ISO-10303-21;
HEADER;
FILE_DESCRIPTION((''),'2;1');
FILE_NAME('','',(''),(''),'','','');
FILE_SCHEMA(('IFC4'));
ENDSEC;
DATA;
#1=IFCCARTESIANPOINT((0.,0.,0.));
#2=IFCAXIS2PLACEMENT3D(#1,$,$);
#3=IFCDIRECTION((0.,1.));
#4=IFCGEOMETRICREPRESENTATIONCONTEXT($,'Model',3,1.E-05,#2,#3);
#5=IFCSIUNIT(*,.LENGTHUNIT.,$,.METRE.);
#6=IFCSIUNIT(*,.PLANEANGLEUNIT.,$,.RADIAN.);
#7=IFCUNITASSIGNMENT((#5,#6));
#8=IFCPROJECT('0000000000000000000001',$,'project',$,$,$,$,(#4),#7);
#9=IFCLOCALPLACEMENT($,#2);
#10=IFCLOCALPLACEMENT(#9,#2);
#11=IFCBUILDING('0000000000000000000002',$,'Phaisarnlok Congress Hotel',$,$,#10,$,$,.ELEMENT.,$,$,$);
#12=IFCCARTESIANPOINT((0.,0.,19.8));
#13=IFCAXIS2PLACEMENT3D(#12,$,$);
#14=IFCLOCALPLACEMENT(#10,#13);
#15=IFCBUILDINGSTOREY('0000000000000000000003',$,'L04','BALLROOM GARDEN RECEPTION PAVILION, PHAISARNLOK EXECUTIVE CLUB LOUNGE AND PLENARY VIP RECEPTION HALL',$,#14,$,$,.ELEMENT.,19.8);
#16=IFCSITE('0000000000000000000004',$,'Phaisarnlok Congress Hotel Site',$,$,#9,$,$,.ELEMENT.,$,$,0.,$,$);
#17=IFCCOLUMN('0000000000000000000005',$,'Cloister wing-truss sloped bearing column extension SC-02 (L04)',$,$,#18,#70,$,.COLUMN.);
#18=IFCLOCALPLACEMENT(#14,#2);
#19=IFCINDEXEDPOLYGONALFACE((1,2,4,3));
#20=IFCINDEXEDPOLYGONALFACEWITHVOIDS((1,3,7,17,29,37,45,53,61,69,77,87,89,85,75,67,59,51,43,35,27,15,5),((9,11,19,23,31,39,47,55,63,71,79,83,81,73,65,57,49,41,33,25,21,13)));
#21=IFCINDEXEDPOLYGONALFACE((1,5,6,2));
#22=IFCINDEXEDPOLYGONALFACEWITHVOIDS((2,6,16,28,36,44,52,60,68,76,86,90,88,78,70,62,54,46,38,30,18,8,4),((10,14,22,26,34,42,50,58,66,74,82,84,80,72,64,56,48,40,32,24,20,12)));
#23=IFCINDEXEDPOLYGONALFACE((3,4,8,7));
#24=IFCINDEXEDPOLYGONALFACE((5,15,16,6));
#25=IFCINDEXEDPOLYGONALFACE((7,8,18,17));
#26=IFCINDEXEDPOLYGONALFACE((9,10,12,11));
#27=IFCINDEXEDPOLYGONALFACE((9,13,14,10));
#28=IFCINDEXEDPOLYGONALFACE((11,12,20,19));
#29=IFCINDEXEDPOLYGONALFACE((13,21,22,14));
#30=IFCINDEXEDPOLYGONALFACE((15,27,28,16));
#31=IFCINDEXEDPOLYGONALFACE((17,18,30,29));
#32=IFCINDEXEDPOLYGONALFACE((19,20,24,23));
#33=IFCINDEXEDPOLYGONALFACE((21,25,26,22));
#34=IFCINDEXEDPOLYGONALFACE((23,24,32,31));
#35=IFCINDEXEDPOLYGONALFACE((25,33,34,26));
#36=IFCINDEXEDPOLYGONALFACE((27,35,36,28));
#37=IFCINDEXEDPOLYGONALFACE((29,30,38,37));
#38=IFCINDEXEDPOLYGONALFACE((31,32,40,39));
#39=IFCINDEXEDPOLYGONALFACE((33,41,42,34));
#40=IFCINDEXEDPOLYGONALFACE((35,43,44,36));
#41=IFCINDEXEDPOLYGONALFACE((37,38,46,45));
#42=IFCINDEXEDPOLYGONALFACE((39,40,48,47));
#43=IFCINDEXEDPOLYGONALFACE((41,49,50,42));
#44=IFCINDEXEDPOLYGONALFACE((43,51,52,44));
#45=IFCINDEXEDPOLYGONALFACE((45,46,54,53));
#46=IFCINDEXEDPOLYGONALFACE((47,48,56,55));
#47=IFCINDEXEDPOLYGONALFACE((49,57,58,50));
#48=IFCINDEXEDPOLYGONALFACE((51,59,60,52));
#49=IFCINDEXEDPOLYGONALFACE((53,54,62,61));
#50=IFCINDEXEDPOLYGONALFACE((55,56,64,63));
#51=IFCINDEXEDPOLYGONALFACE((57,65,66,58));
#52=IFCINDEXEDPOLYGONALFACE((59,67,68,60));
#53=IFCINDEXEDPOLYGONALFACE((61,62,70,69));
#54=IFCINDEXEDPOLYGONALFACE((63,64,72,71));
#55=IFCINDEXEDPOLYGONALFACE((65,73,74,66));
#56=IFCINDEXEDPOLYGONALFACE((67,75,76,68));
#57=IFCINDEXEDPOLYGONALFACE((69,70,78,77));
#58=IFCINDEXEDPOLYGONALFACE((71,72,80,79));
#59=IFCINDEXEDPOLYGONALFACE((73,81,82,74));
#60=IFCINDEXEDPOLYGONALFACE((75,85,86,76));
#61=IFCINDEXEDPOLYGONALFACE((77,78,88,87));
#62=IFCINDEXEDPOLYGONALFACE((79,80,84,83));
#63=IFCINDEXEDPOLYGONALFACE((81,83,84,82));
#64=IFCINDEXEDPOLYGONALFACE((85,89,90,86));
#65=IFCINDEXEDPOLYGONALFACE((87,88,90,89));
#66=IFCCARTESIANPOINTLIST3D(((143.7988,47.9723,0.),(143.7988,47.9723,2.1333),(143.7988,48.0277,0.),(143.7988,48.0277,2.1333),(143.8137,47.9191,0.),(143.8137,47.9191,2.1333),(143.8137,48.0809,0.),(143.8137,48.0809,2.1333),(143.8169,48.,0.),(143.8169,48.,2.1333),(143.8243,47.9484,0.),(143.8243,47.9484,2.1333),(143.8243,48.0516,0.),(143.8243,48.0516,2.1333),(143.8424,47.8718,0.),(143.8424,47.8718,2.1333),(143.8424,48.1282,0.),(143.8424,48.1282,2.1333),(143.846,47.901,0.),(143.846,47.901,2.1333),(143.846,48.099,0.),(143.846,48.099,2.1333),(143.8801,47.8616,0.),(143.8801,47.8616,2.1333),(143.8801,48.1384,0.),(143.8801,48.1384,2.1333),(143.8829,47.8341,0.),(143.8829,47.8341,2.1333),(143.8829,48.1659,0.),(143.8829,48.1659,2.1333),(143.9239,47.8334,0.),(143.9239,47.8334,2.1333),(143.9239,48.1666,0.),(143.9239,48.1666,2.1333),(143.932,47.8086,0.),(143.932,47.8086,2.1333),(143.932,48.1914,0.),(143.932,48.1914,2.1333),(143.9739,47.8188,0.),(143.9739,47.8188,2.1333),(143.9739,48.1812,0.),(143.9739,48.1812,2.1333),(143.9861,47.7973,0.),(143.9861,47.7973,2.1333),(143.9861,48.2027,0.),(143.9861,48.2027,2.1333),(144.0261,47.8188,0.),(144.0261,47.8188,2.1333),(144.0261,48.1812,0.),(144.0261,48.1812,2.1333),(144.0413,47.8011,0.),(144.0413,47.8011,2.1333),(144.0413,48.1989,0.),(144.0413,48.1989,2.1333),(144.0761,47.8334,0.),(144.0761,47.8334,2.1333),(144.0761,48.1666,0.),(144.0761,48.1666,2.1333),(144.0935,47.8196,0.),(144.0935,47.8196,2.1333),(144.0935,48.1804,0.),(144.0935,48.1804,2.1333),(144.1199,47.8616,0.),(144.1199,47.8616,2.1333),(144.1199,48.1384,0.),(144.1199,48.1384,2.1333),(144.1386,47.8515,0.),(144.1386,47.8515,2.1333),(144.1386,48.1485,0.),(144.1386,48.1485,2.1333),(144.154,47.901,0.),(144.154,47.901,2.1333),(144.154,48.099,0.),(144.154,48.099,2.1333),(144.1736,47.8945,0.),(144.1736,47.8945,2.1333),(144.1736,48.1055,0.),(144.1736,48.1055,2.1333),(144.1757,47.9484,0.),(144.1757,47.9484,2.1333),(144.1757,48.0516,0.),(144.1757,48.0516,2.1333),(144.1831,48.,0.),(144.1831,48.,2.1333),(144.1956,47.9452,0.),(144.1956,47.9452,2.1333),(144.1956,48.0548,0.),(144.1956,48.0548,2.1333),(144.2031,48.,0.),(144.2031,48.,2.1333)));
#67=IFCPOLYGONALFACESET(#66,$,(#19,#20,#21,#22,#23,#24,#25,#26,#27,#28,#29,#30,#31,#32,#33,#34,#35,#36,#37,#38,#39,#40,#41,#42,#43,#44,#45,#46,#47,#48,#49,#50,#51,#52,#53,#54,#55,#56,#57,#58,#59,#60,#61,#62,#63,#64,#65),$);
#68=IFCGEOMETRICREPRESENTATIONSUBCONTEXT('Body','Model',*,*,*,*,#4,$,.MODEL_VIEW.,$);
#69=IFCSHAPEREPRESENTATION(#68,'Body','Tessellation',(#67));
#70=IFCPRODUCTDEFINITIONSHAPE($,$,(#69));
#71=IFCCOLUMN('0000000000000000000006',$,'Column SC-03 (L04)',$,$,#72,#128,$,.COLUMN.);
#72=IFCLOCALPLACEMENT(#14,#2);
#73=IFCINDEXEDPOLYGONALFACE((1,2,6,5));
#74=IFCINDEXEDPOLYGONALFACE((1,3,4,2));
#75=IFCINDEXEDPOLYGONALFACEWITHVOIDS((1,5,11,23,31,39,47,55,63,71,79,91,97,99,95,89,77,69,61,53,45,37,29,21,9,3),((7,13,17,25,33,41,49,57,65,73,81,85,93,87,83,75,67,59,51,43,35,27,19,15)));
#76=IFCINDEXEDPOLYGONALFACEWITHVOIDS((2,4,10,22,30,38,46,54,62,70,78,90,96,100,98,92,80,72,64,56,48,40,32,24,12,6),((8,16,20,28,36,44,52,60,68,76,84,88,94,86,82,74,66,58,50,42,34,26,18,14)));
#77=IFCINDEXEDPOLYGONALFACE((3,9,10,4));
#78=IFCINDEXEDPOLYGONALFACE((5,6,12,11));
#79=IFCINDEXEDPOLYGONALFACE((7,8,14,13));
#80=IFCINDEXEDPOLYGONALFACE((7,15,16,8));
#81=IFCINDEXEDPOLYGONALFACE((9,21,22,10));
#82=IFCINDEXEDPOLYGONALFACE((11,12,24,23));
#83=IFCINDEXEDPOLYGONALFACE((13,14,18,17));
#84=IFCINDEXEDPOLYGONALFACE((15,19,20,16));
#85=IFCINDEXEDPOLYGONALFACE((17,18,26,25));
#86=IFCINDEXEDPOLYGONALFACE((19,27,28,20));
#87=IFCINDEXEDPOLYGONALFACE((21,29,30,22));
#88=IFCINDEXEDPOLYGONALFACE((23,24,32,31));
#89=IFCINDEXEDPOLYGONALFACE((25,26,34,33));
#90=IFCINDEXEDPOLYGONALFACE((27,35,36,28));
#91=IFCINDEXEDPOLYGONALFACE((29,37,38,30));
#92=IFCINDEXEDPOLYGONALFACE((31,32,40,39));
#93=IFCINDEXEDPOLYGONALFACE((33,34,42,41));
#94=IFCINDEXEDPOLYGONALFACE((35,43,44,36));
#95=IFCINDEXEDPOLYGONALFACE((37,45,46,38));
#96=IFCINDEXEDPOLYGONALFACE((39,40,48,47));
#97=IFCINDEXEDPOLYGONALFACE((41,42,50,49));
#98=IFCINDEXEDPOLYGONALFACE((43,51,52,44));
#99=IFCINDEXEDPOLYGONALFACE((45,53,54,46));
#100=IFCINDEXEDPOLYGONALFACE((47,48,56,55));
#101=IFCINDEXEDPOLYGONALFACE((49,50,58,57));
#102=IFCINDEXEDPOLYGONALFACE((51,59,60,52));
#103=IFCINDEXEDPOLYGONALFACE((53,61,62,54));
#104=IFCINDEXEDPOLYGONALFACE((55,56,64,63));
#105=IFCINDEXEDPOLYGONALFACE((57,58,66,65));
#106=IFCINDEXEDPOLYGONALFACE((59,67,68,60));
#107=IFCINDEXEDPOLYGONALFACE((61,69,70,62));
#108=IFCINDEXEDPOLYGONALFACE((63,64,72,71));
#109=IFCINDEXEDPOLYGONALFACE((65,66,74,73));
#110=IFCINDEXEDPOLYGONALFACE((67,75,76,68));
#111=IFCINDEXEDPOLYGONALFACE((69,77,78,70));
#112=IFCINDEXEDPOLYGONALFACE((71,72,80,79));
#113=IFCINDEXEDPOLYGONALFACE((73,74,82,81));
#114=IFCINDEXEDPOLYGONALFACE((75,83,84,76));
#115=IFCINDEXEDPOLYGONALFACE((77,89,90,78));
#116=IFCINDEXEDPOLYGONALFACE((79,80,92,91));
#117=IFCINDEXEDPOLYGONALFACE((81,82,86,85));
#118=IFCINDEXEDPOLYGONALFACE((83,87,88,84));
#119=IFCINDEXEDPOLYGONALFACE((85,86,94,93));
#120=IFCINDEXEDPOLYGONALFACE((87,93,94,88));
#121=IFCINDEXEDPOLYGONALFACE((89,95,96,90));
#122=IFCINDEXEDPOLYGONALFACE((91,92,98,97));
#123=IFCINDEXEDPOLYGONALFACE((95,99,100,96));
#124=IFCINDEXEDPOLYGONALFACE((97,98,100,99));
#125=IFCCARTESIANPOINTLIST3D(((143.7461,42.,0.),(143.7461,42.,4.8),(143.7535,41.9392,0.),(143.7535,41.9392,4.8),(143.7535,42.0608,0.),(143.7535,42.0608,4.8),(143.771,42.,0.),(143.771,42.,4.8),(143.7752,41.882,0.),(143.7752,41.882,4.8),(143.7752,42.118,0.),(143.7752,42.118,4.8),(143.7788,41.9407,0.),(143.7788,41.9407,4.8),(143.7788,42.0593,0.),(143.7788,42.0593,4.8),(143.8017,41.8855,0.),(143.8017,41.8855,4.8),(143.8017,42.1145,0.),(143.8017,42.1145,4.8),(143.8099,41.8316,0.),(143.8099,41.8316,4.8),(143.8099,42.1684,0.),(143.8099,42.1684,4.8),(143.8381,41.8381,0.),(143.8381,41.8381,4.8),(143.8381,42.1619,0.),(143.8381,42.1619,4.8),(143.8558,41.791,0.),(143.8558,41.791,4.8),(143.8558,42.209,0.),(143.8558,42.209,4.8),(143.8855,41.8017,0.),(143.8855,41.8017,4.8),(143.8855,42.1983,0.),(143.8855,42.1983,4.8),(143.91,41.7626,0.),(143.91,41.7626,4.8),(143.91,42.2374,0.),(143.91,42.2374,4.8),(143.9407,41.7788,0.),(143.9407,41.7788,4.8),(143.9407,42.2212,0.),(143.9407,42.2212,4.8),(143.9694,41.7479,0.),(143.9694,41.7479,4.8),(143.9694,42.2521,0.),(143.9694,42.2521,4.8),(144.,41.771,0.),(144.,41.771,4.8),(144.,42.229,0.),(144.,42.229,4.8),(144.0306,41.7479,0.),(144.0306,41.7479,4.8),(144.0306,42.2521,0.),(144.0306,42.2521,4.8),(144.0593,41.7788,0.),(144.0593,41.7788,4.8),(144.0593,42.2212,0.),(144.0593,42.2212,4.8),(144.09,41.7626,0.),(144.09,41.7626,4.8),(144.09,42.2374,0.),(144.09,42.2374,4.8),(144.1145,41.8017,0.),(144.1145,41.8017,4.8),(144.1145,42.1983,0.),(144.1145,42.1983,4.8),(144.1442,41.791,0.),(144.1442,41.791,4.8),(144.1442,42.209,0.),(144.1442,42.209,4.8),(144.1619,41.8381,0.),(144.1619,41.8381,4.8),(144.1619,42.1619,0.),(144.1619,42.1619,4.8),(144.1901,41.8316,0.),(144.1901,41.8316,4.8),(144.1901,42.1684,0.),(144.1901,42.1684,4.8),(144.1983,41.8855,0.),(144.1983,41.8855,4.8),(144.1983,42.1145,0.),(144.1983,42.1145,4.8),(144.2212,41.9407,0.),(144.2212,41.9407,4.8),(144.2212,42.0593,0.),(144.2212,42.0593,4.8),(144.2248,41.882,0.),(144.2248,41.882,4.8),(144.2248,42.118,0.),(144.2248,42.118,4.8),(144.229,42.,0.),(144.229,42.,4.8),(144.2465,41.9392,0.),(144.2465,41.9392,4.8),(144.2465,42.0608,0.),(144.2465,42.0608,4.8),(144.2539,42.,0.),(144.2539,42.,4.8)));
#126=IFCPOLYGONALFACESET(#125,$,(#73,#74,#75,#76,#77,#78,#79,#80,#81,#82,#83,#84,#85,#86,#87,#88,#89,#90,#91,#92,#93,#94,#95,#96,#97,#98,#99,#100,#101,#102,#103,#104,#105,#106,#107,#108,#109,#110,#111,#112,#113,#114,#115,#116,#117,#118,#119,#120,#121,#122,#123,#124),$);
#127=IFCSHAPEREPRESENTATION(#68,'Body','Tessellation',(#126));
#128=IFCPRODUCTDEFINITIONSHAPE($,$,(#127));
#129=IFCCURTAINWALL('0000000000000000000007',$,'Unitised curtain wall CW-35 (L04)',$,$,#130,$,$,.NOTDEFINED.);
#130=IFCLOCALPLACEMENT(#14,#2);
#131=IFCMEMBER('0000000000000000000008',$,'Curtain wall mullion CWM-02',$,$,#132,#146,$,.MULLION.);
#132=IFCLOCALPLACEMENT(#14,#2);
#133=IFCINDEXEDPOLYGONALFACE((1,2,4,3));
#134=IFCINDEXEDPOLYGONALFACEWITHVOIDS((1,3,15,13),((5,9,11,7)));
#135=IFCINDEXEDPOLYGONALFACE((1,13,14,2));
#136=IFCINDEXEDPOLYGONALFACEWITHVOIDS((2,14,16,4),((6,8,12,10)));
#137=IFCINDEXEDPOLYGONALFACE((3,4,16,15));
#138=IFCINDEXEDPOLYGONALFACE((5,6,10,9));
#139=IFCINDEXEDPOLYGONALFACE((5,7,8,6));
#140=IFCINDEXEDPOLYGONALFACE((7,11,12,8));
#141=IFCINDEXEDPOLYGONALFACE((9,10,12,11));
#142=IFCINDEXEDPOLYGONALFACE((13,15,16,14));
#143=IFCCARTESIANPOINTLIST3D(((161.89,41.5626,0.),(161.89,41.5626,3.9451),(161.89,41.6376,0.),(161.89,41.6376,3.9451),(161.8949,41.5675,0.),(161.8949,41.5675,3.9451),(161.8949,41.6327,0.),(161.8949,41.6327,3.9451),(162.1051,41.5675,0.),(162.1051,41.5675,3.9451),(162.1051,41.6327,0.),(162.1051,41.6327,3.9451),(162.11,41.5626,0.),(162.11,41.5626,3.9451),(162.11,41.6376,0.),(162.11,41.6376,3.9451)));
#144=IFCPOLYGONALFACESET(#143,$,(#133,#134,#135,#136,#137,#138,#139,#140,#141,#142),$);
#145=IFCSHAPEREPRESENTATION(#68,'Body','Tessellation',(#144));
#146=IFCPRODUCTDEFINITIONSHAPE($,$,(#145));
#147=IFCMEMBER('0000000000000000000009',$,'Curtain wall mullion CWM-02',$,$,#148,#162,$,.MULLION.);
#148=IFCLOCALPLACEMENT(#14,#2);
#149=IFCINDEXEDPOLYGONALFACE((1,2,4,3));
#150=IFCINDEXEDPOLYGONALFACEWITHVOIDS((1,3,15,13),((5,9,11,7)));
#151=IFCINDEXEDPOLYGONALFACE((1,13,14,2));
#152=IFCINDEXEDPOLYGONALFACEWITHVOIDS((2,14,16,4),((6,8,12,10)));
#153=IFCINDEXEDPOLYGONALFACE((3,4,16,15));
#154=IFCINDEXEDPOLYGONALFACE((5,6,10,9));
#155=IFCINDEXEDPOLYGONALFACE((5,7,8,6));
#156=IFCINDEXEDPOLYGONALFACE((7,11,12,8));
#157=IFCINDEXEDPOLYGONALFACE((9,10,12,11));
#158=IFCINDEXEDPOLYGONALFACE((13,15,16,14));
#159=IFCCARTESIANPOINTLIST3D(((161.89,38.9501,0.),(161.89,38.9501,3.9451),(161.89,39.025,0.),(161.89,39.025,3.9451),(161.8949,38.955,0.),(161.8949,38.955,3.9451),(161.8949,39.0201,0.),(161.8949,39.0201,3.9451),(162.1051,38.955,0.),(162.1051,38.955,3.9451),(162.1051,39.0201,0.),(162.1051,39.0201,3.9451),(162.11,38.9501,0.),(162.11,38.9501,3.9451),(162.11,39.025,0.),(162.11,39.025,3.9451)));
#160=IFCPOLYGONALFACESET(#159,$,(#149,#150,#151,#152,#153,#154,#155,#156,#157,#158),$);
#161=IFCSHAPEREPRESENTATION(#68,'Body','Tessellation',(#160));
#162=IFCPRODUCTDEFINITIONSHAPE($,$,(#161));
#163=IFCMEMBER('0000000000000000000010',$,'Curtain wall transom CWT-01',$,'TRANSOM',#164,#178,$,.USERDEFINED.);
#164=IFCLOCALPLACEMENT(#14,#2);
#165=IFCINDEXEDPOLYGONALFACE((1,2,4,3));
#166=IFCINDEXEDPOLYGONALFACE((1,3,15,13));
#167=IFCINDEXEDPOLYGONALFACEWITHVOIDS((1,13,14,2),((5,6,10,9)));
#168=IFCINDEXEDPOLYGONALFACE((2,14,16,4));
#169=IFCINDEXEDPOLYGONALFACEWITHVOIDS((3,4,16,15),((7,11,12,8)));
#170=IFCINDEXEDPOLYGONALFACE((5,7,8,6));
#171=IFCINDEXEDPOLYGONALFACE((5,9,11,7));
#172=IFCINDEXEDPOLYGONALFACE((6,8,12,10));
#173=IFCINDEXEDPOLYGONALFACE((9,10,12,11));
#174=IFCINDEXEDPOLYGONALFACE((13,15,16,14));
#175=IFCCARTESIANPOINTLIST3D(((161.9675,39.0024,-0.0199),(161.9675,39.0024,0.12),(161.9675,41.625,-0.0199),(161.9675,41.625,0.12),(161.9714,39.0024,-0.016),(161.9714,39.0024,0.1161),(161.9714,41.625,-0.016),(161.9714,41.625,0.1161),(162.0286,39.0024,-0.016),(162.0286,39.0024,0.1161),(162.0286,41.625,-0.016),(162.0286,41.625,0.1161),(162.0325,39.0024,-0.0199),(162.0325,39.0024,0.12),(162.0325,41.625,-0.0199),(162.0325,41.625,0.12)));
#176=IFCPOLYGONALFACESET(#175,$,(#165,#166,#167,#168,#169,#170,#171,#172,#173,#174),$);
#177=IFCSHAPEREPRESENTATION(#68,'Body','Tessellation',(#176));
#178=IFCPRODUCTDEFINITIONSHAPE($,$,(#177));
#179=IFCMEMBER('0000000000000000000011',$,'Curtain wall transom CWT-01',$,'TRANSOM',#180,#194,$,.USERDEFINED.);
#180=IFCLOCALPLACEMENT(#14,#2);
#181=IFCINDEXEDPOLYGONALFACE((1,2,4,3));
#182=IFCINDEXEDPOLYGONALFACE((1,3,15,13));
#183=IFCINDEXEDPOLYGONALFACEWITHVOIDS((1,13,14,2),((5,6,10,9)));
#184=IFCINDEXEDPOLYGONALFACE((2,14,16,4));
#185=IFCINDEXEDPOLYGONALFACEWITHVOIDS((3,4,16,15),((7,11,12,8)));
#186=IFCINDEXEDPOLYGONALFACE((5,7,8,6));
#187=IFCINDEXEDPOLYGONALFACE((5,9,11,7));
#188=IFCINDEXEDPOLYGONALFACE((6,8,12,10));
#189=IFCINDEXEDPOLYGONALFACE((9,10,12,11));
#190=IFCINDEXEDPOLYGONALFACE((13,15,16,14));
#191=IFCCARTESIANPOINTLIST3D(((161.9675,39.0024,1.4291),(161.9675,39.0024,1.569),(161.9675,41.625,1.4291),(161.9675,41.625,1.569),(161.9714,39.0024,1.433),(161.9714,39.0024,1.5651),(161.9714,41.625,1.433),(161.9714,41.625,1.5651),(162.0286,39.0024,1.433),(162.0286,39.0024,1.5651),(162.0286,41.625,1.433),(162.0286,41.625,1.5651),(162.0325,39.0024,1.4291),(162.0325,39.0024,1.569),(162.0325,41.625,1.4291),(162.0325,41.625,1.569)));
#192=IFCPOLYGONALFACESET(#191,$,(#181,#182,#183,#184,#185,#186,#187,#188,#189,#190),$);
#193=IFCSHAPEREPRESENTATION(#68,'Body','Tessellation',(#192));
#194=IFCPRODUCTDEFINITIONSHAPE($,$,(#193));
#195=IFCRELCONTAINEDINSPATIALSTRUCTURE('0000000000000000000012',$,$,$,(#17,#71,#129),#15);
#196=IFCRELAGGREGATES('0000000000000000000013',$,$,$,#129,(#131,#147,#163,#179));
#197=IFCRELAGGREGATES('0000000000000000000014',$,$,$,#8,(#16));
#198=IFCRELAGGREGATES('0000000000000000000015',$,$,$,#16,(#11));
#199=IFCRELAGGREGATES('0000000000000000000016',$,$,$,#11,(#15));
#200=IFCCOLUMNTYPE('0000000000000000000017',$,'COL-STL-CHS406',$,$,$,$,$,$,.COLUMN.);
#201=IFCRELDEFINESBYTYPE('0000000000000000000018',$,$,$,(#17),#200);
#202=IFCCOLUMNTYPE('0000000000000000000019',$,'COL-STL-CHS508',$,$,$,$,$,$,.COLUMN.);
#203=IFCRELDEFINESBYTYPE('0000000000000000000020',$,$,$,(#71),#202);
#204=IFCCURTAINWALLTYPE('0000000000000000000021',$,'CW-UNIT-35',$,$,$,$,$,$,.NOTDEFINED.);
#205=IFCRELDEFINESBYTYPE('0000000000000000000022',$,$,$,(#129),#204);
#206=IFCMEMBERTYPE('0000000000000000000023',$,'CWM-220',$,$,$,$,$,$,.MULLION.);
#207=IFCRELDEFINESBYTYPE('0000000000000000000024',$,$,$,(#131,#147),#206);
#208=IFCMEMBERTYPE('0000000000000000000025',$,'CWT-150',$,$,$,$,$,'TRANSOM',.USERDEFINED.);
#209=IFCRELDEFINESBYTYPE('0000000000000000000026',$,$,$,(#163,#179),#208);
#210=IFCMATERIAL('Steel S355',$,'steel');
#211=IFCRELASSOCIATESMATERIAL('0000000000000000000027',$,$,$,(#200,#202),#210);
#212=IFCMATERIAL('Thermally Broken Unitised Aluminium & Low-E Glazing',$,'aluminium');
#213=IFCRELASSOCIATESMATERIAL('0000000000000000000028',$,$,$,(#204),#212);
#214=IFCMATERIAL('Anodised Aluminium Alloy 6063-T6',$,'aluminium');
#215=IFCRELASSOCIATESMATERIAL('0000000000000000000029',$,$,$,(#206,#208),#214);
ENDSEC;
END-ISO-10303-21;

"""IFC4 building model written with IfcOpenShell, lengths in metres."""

from ifc_helpers import new_model, si_unit, direction, frame, origin, origin_2d, place, context, subcontext, project, spatial, hollow_rectangle, hollow_circle, extrude, material, material_profile, profile_set, type_object, element, aggregate, save


model = new_model("IFC4")

# Units and contexts
model_context = context("Model", 3, precision=1e-05, world=origin(), true_north=direction((0.0, 1.0)))
body_context = subcontext(model_context, "Body", "Model", "MODEL_VIEW")
ifc_project = project(units=[si_unit("LENGTHUNIT", "METRE"), si_unit("PLANEANGLEUNIT", "RADIAN")], contexts=[model_context])

# Site, building, storey
site_placement = place(None, origin())
site = spatial("IfcSite", under=ifc_project, at=site_placement, Name="Phaisarnlok Congress Hotel Site", CompositionType="ELEMENT", RefElevation=0.0)
building_placement = place(site_placement, origin())
building = spatial("IfcBuilding", under=site, at=building_placement, Name="Phaisarnlok Congress Hotel", CompositionType="ELEMENT")
storey_placement = place(building_placement, frame((0.0, 0.0, 19.8)))
storey = spatial("IfcBuildingStorey", under=building, at=storey_placement, Name="L04", Description="BALLROOM GARDEN RECEPTION PAVILION, PHAISARNLOK EXECUTIVE CLUB LOUNGE AND PLENARY VIP RECEPTION HALL", CompositionType="ELEMENT", Elevation=19.8)

# Columns
ifc_material_1 = material(Name="Steel S355", Category="steel")
ifc_material_profile_1 = material_profile(ifc_material_1, hollow_circle(Radius=0.2031, WallThickness=0.02, at=origin_2d()), Name="CHS 406.4x20")
ifc_profile_set_1 = profile_set([ifc_material_profile_1], Name="Steel S355")
column_type_1 = type_object("IfcColumnType", Name="COL-STL-CHS406", PredefinedType="COLUMN", material=ifc_profile_set_1)
column_1_placement = place(storey_placement, frame((144.0, 48.0, 0.0), z_axis=(0.0, 0.0, 1.0), x_axis=(1.0, 0.0, 0.0)))
element("IfcColumn", 1, at=column_1_placement, inside=storey, type_object=column_type_1, Name="Cloister wing-truss sloped bearing column extension SC-02 (L04)", PredefinedType="COLUMN", context=body_context, shape_type="SweptSolid", body=[
    extrude(hollow_circle(Radius=0.2031, WallThickness=0.02, at=origin_2d()), origin(), (0.0, 0.0, 1.0), 2.1333),
])
ifc_material_profile_2 = material_profile(ifc_material_1, hollow_circle(Radius=0.2539, WallThickness=0.0249, at=origin_2d()), Name="CHS 508x25")
ifc_profile_set_2 = profile_set([ifc_material_profile_2], Name="Steel S355")
column_type_2 = type_object("IfcColumnType", Name="COL-STL-CHS508", PredefinedType="COLUMN", material=ifc_profile_set_2)
column_2_placement = place(storey_placement, frame((144.0, 42.0, 0.0), z_axis=(0.0, 0.0, 1.0), x_axis=(1.0, 0.0, 0.0)))
element("IfcColumn", 2, at=column_2_placement, inside=storey, type_object=column_type_2, Name="Column SC-03 (L04)", PredefinedType="COLUMN", context=body_context, shape_type="SweptSolid", body=[
    extrude(hollow_circle(Radius=0.2539, WallThickness=0.0249, at=origin_2d()), origin(), (0.0, 0.0, 1.0), 4.8),
])

# Curtain wall, members
ifc_material_2 = material(Name="Thermally Broken Unitised Aluminium & Low-E Glazing", Category="aluminium")
curtain_wall_type = type_object("IfcCurtainWallType", Name="CW-UNIT-35", PredefinedType="NOTDEFINED", material=ifc_material_2)
curtain_wall_placement = place(storey_placement, origin())
curtain_wall = element("IfcCurtainWall", 3, at=curtain_wall_placement, inside=storey, type_object=curtain_wall_type, Name="Unitised curtain wall CW-35 (L04)", PredefinedType="NOTDEFINED")
ifc_material_3 = material(Name="Anodised Aluminium Alloy 6063-T6", Category="aluminium")
ifc_material_profile_3 = material_profile(ifc_material_3, hollow_rectangle(XDim=0.075, YDim=0.22, WallThickness=0.0049, at=origin_2d()), Name="ALU-M 75x220x5")
ifc_profile_set_3 = profile_set([ifc_material_profile_3], Name="Anodised Aluminium Alloy 6063-T6")
member_type_1 = type_object("IfcMemberType", Name="CWM-220", PredefinedType="MULLION", material=ifc_profile_set_3)
member_1_placement = place(storey_placement, frame((162.0, 41.6001, 0.0), z_axis=(0.0, 0.0, 1.0), x_axis=(0.0, -1.0, 0.0)))
member_1 = element("IfcMember", 4, at=member_1_placement, type_object=member_type_1, Name="Curtain wall mullion CWM-02", PredefinedType="MULLION", context=body_context, shape_type="SweptSolid", body=[
    extrude(hollow_rectangle(XDim=0.075, YDim=0.22, WallThickness=0.0049, at=origin_2d()), origin(), (0.0, 0.0, 1.0), 3.9451),
])
member_2_placement = place(storey_placement, frame((162.0, 38.9875, 0.0), z_axis=(0.0, 0.0, 1.0), x_axis=(0.0, -1.0, 0.0)))
member_2 = element("IfcMember", 5, at=member_2_placement, type_object=member_type_1, Name="Curtain wall mullion CWM-02", PredefinedType="MULLION", context=body_context, shape_type="SweptSolid", body=[
    extrude(hollow_rectangle(XDim=0.075, YDim=0.22, WallThickness=0.0049, at=origin_2d()), origin(), (0.0, 0.0, 1.0), 3.9451),
])
ifc_material_profile_4 = material_profile(ifc_material_3, hollow_rectangle(XDim=0.0649, YDim=0.1399, WallThickness=0.0039, at=origin_2d()), Name="ALU-T 65x140x4")
ifc_profile_set_4 = profile_set([ifc_material_profile_4], Name="Anodised Aluminium Alloy 6063-T6")
member_type_2 = type_object("IfcMemberType", Name="CWT-150", ElementType="TRANSOM", PredefinedType="USERDEFINED", material=ifc_profile_set_4)
member_3_placement = place(storey_placement, frame((162.0, 41.625, 0.05), z_axis=(0.0, -1.0, 0.0), x_axis=(1.0, 0.0, 0.0)))
member_3 = element("IfcMember", 6, at=member_3_placement, type_object=member_type_2, Name="Curtain wall transom CWT-01", ObjectType="TRANSOM", PredefinedType="USERDEFINED", context=body_context, shape_type="SweptSolid", body=[
    extrude(hollow_rectangle(XDim=0.0649, YDim=0.1399, WallThickness=0.0039, at=origin_2d()), origin(), (0.0, 0.0, 1.0), 2.6226),
])
member_4_placement = place(storey_placement, frame((162.0, 41.625, 1.499), z_axis=(0.0, -1.0, 0.0), x_axis=(1.0, 0.0, 0.0)))
member_4 = element("IfcMember", 7, at=member_4_placement, type_object=member_type_2, Name="Curtain wall transom CWT-01", ObjectType="TRANSOM", PredefinedType="USERDEFINED", context=body_context, shape_type="SweptSolid", body=[
    extrude(hollow_rectangle(XDim=0.0649, YDim=0.1399, WallThickness=0.0039, at=origin_2d()), origin(), (0.0, 0.0, 1.0), 2.6226),
])

aggregate(curtain_wall, [member_1, member_2, member_3, member_4])

save(model, "model.ifc")
